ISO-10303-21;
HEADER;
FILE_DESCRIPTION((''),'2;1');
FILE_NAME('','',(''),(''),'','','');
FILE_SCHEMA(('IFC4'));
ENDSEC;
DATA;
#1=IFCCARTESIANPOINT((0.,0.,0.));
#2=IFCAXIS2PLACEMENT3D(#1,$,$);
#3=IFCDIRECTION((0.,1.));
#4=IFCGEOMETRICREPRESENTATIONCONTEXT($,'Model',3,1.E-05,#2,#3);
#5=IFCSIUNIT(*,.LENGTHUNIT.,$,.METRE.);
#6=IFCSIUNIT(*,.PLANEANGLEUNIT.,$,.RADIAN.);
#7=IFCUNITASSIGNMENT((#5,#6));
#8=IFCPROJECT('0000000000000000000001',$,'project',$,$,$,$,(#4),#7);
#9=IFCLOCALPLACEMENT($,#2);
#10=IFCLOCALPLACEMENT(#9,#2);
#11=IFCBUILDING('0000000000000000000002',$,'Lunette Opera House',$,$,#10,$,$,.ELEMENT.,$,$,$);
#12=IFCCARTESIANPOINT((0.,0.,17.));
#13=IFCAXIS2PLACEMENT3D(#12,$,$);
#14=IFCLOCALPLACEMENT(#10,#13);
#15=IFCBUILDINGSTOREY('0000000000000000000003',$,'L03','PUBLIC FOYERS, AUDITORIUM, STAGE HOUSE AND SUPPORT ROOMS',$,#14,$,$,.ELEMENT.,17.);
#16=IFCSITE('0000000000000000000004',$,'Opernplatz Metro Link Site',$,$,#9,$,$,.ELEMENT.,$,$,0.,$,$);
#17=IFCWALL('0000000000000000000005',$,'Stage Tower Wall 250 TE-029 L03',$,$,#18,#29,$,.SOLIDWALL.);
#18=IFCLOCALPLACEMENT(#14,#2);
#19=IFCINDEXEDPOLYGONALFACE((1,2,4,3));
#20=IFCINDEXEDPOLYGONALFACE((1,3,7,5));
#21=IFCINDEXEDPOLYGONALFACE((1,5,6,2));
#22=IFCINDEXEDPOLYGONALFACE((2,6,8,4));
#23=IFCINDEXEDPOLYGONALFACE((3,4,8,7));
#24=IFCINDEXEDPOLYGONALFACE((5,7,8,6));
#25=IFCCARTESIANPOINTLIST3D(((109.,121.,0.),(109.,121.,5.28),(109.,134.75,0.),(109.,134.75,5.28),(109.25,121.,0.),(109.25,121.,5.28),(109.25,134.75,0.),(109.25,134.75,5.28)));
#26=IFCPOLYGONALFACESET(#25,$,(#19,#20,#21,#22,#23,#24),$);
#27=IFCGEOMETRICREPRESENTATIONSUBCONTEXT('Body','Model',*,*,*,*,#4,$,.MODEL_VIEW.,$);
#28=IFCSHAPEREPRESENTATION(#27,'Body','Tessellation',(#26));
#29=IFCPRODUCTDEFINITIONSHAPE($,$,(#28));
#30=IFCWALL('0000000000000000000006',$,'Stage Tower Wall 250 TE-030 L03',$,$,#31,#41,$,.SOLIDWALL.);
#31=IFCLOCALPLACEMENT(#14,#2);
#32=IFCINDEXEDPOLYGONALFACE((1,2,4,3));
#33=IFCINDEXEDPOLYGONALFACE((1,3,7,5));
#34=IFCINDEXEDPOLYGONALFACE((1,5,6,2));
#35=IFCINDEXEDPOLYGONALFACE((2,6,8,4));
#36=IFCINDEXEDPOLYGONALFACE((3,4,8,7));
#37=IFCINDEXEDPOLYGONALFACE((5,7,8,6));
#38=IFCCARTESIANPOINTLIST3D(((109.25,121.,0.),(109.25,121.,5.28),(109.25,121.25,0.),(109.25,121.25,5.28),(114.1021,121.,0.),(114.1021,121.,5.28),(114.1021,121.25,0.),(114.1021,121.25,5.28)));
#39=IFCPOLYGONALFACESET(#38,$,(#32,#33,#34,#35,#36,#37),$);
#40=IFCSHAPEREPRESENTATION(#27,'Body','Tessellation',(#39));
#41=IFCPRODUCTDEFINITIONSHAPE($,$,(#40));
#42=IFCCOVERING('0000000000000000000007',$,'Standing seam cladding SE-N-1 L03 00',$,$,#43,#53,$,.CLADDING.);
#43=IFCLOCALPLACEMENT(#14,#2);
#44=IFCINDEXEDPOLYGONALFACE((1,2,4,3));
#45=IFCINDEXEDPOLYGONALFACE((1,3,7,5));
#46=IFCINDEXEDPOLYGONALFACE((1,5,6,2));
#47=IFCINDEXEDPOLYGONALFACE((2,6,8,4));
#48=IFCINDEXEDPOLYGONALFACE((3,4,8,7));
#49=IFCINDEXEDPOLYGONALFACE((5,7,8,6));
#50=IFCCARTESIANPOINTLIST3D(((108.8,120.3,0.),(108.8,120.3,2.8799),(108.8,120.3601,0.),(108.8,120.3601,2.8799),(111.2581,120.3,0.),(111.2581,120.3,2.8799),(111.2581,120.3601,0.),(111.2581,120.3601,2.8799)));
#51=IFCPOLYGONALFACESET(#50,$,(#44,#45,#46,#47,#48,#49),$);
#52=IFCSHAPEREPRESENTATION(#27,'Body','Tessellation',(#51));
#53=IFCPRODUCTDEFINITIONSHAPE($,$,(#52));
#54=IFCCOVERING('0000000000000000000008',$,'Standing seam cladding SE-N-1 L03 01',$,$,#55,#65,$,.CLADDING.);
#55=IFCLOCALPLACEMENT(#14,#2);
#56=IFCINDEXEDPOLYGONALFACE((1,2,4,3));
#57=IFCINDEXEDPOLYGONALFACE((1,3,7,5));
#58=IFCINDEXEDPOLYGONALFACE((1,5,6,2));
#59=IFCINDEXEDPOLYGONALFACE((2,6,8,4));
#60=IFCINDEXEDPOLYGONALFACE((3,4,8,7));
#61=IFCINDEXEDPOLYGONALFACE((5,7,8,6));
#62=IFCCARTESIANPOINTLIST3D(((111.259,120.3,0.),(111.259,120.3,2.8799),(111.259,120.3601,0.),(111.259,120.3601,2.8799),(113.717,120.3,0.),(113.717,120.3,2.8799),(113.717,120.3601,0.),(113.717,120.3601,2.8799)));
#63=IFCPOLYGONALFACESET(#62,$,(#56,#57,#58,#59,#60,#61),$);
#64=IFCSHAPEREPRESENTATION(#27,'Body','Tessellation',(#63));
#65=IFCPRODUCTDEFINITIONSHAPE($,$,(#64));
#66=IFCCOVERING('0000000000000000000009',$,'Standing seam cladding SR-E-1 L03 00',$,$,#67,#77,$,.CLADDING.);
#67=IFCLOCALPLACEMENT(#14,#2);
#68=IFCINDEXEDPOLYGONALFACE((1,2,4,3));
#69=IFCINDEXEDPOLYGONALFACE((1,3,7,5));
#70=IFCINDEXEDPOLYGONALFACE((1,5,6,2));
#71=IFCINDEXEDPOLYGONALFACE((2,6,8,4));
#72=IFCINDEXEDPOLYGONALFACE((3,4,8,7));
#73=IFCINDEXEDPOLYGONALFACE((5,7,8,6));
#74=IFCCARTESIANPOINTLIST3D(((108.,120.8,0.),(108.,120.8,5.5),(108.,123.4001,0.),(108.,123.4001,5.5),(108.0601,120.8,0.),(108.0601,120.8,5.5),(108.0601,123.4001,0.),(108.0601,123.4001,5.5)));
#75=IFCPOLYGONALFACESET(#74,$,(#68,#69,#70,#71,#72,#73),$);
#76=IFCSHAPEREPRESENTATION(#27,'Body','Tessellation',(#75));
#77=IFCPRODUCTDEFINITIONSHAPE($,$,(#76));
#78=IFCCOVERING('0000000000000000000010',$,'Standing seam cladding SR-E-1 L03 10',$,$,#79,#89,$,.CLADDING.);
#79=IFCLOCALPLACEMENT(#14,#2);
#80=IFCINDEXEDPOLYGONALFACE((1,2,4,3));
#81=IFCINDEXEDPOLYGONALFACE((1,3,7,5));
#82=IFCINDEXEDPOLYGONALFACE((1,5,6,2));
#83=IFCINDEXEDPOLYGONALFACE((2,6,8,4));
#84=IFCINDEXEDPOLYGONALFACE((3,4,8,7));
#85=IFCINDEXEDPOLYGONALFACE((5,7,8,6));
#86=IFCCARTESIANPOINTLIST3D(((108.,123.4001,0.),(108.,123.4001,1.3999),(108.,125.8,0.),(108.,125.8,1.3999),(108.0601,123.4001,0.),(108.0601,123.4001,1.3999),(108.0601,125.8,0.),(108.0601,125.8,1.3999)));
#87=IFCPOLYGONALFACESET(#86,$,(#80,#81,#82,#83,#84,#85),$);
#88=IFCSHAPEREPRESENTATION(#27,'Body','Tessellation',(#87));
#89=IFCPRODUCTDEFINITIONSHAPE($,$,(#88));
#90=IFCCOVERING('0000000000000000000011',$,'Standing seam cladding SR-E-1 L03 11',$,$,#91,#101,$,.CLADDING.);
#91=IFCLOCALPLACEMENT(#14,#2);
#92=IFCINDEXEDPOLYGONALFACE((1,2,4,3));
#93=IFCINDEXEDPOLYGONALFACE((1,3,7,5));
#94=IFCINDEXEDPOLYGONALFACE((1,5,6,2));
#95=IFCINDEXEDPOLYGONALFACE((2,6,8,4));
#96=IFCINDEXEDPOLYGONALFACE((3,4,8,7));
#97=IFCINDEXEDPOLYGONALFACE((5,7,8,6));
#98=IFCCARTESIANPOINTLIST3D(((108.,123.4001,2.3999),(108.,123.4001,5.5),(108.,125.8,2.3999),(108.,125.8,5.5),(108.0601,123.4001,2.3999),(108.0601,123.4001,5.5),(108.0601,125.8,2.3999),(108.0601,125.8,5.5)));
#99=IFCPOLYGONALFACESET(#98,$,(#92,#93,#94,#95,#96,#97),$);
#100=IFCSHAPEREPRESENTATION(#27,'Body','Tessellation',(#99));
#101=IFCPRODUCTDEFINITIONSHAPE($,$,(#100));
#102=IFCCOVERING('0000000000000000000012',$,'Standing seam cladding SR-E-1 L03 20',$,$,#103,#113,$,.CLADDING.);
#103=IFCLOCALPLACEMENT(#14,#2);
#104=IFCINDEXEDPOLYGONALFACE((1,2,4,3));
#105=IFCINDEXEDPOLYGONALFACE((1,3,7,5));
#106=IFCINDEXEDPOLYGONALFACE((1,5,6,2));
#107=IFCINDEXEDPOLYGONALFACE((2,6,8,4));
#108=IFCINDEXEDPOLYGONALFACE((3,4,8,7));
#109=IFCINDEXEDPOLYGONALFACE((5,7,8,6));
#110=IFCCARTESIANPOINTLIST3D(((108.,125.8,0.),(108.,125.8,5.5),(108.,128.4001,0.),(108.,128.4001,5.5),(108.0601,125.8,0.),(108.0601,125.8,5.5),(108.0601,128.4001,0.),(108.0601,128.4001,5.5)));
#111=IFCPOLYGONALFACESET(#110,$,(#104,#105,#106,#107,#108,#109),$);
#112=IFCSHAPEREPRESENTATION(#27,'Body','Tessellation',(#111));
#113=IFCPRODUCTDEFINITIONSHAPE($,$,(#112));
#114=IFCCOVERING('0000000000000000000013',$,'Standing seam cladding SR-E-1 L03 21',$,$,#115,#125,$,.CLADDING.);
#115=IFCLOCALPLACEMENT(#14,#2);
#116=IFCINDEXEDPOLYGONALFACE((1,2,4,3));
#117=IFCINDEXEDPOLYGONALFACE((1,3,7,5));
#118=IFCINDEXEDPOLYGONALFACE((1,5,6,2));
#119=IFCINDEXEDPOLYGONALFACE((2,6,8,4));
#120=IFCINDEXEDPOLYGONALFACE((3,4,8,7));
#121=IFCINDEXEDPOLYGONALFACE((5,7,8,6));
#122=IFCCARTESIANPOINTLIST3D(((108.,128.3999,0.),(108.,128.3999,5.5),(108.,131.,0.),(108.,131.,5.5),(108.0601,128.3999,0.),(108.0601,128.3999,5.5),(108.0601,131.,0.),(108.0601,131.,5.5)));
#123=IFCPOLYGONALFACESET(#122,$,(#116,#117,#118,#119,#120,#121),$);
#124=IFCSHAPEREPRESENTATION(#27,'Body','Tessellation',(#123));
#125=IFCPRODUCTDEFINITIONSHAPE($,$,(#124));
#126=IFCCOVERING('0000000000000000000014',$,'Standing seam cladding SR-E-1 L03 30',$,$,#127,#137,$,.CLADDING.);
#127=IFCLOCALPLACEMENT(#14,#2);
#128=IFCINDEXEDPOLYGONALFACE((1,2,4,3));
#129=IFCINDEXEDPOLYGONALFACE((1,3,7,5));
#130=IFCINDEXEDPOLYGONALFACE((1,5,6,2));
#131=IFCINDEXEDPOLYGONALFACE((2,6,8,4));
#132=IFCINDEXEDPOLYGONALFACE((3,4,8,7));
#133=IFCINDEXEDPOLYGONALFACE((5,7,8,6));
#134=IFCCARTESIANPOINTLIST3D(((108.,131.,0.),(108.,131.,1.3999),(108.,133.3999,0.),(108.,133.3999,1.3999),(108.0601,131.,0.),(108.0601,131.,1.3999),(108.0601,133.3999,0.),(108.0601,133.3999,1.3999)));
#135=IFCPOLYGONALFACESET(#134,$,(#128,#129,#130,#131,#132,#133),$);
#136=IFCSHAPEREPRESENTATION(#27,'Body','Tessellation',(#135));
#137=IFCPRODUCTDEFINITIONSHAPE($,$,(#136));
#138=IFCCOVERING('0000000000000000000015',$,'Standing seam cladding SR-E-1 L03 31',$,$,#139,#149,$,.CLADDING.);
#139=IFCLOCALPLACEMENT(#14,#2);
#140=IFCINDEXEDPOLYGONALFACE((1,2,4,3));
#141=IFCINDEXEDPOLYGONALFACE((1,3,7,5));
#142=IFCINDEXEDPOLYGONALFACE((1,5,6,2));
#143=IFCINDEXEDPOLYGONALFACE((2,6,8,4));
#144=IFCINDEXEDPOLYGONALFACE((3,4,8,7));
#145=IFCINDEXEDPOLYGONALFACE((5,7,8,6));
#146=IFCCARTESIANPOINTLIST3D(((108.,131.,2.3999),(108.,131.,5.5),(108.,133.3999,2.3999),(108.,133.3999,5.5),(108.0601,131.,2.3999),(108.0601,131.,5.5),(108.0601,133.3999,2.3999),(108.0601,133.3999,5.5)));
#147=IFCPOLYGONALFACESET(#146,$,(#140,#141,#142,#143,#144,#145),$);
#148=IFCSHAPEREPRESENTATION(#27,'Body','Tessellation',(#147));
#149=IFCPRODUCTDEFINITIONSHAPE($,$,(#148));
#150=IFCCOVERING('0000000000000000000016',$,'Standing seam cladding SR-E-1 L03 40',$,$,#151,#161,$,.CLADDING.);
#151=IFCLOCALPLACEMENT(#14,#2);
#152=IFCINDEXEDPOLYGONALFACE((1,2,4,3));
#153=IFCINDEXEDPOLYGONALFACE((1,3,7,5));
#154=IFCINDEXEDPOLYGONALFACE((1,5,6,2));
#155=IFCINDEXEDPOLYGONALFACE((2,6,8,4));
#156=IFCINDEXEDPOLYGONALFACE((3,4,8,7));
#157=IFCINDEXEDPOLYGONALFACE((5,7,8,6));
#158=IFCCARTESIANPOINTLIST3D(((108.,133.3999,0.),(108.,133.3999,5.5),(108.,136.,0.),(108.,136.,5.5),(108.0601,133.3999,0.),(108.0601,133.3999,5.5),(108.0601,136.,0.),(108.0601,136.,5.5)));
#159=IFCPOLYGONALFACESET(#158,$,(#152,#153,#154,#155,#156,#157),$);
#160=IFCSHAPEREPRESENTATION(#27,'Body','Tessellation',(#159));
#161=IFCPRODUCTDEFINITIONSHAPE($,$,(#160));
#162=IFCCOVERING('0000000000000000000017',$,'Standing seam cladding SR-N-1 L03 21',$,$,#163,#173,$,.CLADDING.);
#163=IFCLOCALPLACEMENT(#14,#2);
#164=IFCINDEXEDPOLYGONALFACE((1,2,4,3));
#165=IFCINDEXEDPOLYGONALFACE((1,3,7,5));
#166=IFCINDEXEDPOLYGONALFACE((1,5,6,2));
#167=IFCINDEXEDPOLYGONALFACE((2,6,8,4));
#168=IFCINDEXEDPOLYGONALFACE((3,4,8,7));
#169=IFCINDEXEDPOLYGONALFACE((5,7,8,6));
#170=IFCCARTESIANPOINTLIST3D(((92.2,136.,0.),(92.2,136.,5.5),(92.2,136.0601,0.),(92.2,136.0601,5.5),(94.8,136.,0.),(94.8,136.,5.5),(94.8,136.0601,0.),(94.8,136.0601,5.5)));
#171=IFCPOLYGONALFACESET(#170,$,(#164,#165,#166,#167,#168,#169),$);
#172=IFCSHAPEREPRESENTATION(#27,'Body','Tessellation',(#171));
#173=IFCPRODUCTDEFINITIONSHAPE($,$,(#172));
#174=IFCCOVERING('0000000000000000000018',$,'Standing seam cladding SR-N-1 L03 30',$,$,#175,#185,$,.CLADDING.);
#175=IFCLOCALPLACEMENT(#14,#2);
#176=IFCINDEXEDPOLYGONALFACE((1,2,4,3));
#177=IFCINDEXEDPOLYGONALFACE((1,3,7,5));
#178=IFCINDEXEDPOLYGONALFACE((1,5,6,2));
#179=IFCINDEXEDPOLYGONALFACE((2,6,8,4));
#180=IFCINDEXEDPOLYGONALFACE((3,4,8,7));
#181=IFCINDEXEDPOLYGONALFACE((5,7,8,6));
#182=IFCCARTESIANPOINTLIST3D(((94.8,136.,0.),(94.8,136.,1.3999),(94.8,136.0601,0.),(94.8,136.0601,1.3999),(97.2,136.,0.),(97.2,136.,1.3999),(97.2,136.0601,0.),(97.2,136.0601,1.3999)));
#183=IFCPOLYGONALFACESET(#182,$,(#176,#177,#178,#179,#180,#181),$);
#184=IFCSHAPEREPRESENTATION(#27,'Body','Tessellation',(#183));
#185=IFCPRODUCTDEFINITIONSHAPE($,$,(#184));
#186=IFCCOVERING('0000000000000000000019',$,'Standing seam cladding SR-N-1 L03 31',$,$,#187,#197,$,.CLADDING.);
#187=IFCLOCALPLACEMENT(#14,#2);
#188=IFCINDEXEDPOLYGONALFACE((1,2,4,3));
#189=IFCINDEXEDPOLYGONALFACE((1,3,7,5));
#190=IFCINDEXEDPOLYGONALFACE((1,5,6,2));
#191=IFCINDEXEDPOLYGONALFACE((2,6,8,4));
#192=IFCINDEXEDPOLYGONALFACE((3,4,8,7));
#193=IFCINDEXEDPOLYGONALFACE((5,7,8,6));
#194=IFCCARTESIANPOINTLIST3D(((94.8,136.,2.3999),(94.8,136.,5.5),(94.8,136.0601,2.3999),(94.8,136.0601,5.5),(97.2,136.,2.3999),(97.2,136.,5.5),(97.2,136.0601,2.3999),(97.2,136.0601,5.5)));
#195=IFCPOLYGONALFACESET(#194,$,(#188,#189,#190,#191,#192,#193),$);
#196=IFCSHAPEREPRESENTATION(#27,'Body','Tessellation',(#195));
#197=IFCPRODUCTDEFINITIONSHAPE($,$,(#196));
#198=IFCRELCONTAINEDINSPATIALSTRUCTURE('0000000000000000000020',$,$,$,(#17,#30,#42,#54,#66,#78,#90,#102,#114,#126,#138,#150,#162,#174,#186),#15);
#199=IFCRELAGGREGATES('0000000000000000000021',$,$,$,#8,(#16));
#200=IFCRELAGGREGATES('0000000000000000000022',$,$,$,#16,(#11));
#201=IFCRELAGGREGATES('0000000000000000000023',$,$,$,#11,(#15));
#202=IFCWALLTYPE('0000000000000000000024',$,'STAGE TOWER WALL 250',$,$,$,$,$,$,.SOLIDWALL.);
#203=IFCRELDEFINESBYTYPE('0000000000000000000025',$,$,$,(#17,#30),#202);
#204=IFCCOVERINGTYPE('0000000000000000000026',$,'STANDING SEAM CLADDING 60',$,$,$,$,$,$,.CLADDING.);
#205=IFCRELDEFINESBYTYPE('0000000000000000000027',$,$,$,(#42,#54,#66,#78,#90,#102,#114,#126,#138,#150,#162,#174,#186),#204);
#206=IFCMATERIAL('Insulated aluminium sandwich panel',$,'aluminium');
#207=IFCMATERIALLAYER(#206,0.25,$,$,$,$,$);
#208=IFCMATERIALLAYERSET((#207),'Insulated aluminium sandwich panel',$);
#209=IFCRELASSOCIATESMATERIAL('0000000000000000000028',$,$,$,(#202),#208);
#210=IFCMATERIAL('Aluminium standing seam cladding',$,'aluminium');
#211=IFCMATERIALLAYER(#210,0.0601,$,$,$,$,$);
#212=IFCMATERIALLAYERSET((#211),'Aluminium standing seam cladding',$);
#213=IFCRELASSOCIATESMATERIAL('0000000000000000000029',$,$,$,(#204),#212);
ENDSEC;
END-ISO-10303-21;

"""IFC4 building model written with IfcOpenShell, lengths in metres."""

from ifc_helpers import new_model, si_unit, direction, frame, frame_2d, origin, origin_2d, place, context, subcontext, project, spatial, rectangle, extrude, material, layer, layer_set, type_object, element, save


model = new_model("IFC4")

# Units and contexts
model_context = context("Model", 3, precision=1e-05, world=origin(), true_north=direction((0.0, 1.0)))
body_context = subcontext(model_context, "Body", "Model", "MODEL_VIEW")
ifc_project = project(units=[si_unit("LENGTHUNIT", "METRE"), si_unit("PLANEANGLEUNIT", "RADIAN")], contexts=[model_context])

# Site, building, storey
site_placement = place(None, origin())
site = spatial("IfcSite", under=ifc_project, at=site_placement, Name="Opernplatz Metro Link Site", CompositionType="ELEMENT", RefElevation=0.0)
building_placement = place(site_placement, origin())
building = spatial("IfcBuilding", under=site, at=building_placement, Name="Lunette Opera House", CompositionType="ELEMENT")
storey_placement = place(building_placement, frame((0.0, 0.0, 17.0)))
storey = spatial("IfcBuildingStorey", under=building, at=storey_placement, Name="L03", Description="PUBLIC FOYERS, AUDITORIUM, STAGE HOUSE AND SUPPORT ROOMS", CompositionType="ELEMENT", Elevation=17.0)

# Walls
ifc_material_1 = material(Name="Insulated aluminium sandwich panel", Category="aluminium")
ifc_layer_1 = layer(ifc_material_1, 0.25)
ifc_layer_set_1 = layer_set([ifc_layer_1], Name="Insulated aluminium sandwich panel")
wall_type_1 = type_object("IfcWallType", Name="STAGE TOWER WALL 250", PredefinedType="SOLIDWALL", material=ifc_layer_set_1)
wall_1_placement = place(storey_placement, frame((109.125, 134.75, 0.0), z_axis=(0.0, 0.0, 1.0), x_axis=(0.0, -1.0, 0.0)))
element("IfcWall", 1, at=wall_1_placement, inside=storey, type_object=wall_type_1, Name="Stage Tower Wall 250 TE-029 L03", PredefinedType="SOLIDWALL", context=body_context, shape_type="SweptSolid", body=[
    extrude(rectangle(XDim=13.75, YDim=0.25, at=frame_2d((6.875, 0.0))), origin(), (0.0, 0.0, 1.0), 5.28),
])
wall_2_placement = place(storey_placement, frame((109.25, 121.125, 0.0), z_axis=(0.0, 0.0, 1.0), x_axis=(1.0, 0.0, 0.0)))
element("IfcWall", 2, at=wall_2_placement, inside=storey, type_object=wall_type_1, Name="Stage Tower Wall 250 TE-030 L03", PredefinedType="SOLIDWALL", context=body_context, shape_type="SweptSolid", body=[
    extrude(rectangle(XDim=4.8521, YDim=0.25, at=frame_2d((2.426, 0.0))), origin(), (0.0, 0.0, 1.0), 5.28),
])

# Coverings
ifc_material_2 = material(Name="Aluminium standing seam cladding", Category="aluminium")
ifc_layer_2 = layer(ifc_material_2, 0.0601)
ifc_layer_set_2 = layer_set([ifc_layer_2], Name="Aluminium standing seam cladding")
covering_type = type_object("IfcCoveringType", Name="STANDING SEAM CLADDING 60", PredefinedType="CLADDING", material=ifc_layer_set_2)
for number, where, z_axis, x_axis, name in (
    (3, (110.0291, 120.3301, 0.0), (0.0, 0.0, 1.0), (1.0, 0.0, 0.0), "Standing seam cladding SE-N-1 L03 00"),
    (4, (112.488, 120.3301, 0.0), (0.0, 0.0, 1.0), (1.0, 0.0, 0.0), "Standing seam cladding SE-N-1 L03 01"),
):
    element("IfcCovering", number, at=place(storey_placement, frame(where, z_axis=z_axis, x_axis=x_axis)), inside=storey, type_object=covering_type, Name=name, PredefinedType="CLADDING", context=body_context, shape_type="SweptSolid", body=[
        extrude(rectangle(XDim=2.458, YDim=0.0601, at=origin_2d()), origin(), (0.0, 0.0, 1.0), 2.8799),
    ])
covering_1_placement = place(storey_placement, frame((108.03, 122.1001, 0.0), z_axis=(0.0, 0.0, 1.0), x_axis=(0.0, 1.0, 0.0)))
element("IfcCovering", 5, at=covering_1_placement, inside=storey, type_object=covering_type, Name="Standing seam cladding SR-E-1 L03 00", PredefinedType="CLADDING", context=body_context, shape_type="SweptSolid", body=[
    extrude(rectangle(XDim=2.6001, YDim=0.0601, at=origin_2d()), origin(), (0.0, 0.0, 1.0), 5.5),
])
covering_2_placement = place(storey_placement, frame((108.03, 124.6001, 0.0), z_axis=(0.0, 0.0, 1.0), x_axis=(0.0, 1.0, 0.0)))
element("IfcCovering", 6, at=covering_2_placement, inside=storey, type_object=covering_type, Name="Standing seam cladding SR-E-1 L03 10", PredefinedType="CLADDING", context=body_context, shape_type="SweptSolid", body=[
    extrude(rectangle(XDim=2.3999, YDim=0.0601, at=origin_2d()), origin(), (0.0, 0.0, 1.0), 1.3999),
])
covering_3_placement = place(storey_placement, frame((108.03, 124.6001, 2.3999), z_axis=(0.0, 0.0, 1.0), x_axis=(0.0, 1.0, 0.0)))
element("IfcCovering", 7, at=covering_3_placement, inside=storey, type_object=covering_type, Name="Standing seam cladding SR-E-1 L03 11", PredefinedType="CLADDING", context=body_context, shape_type="SweptSolid", body=[
    extrude(rectangle(XDim=2.3999, YDim=0.0601, at=origin_2d()), origin(), (0.0, 0.0, 1.0), 3.1001),
])
for number, where, z_axis, x_axis, name in (
    (8, (108.03, 127.1001, 0.0), (0.0, 0.0, 1.0), (0.0, 1.0, 0.0), "Standing seam cladding SR-E-1 L03 20"),
    (9, (108.03, 129.7, 0.0), (0.0, 0.0, 1.0), (0.0, 1.0, 0.0), "Standing seam cladding SR-E-1 L03 21"),
):
    element("IfcCovering", number, at=place(storey_placement, frame(where, z_axis=z_axis, x_axis=x_axis)), inside=storey, type_object=covering_type, Name=name, PredefinedType="CLADDING", context=body_context, shape_type="SweptSolid", body=[
        extrude(rectangle(XDim=2.6001, YDim=0.0601, at=origin_2d()), origin(), (0.0, 0.0, 1.0), 5.5),
    ])
covering_4_placement = place(storey_placement, frame((108.03, 132.2, 0.0), z_axis=(0.0, 0.0, 1.0), x_axis=(0.0, 1.0, 0.0)))
element("IfcCovering", 10, at=covering_4_placement, inside=storey, type_object=covering_type, Name="Standing seam cladding SR-E-1 L03 30", PredefinedType="CLADDING", context=body_context, shape_type="SweptSolid", body=[
    extrude(rectangle(XDim=2.3999, YDim=0.0601, at=origin_2d()), origin(), (0.0, 0.0, 1.0), 1.3999),
])
covering_5_placement = place(storey_placement, frame((108.03, 132.2, 2.3999), z_axis=(0.0, 0.0, 1.0), x_axis=(0.0, 1.0, 0.0)))
element("IfcCovering", 11, at=covering_5_placement, inside=storey, type_object=covering_type, Name="Standing seam cladding SR-E-1 L03 31", PredefinedType="CLADDING", context=body_context, shape_type="SweptSolid", body=[
    extrude(rectangle(XDim=2.3999, YDim=0.0601, at=origin_2d()), origin(), (0.0, 0.0, 1.0), 3.1001),
])
for number, where, z_axis, x_axis, name in (
    (12, (108.03, 134.7, 0.0), (0.0, 0.0, 1.0), (0.0, 1.0, 0.0), "Standing seam cladding SR-E-1 L03 40"),
    (13, (93.5, 136.03, 0.0), (0.0, 0.0, 1.0), (1.0, 0.0, 0.0), "Standing seam cladding SR-N-1 L03 21"),
):
    element("IfcCovering", number, at=place(storey_placement, frame(where, z_axis=z_axis, x_axis=x_axis)), inside=storey, type_object=covering_type, Name=name, PredefinedType="CLADDING", context=body_context, shape_type="SweptSolid", body=[
        extrude(rectangle(XDim=2.6001, YDim=0.0601, at=origin_2d()), origin(), (0.0, 0.0, 1.0), 5.5),
    ])
covering_6_placement = place(storey_placement, frame((96.0, 136.03, 0.0), z_axis=(0.0, 0.0, 1.0), x_axis=(1.0, 0.0, 0.0)))
element("IfcCovering", 14, at=covering_6_placement, inside=storey, type_object=covering_type, Name="Standing seam cladding SR-N-1 L03 30", PredefinedType="CLADDING", context=body_context, shape_type="SweptSolid", body=[
    extrude(rectangle(XDim=2.3999, YDim=0.0601, at=origin_2d()), origin(), (0.0, 0.0, 1.0), 1.3999),
])
covering_7_placement = place(storey_placement, frame((96.0, 136.03, 2.3999), z_axis=(0.0, 0.0, 1.0), x_axis=(1.0, 0.0, 0.0)))
element("IfcCovering", 15, at=covering_7_placement, inside=storey, type_object=covering_type, Name="Standing seam cladding SR-N-1 L03 31", PredefinedType="CLADDING", context=body_context, shape_type="SweptSolid", body=[
    extrude(rectangle(XDim=2.3999, YDim=0.0601, at=origin_2d()), origin(), (0.0, 0.0, 1.0), 3.1001),
])

save(model, "model.ifc")
